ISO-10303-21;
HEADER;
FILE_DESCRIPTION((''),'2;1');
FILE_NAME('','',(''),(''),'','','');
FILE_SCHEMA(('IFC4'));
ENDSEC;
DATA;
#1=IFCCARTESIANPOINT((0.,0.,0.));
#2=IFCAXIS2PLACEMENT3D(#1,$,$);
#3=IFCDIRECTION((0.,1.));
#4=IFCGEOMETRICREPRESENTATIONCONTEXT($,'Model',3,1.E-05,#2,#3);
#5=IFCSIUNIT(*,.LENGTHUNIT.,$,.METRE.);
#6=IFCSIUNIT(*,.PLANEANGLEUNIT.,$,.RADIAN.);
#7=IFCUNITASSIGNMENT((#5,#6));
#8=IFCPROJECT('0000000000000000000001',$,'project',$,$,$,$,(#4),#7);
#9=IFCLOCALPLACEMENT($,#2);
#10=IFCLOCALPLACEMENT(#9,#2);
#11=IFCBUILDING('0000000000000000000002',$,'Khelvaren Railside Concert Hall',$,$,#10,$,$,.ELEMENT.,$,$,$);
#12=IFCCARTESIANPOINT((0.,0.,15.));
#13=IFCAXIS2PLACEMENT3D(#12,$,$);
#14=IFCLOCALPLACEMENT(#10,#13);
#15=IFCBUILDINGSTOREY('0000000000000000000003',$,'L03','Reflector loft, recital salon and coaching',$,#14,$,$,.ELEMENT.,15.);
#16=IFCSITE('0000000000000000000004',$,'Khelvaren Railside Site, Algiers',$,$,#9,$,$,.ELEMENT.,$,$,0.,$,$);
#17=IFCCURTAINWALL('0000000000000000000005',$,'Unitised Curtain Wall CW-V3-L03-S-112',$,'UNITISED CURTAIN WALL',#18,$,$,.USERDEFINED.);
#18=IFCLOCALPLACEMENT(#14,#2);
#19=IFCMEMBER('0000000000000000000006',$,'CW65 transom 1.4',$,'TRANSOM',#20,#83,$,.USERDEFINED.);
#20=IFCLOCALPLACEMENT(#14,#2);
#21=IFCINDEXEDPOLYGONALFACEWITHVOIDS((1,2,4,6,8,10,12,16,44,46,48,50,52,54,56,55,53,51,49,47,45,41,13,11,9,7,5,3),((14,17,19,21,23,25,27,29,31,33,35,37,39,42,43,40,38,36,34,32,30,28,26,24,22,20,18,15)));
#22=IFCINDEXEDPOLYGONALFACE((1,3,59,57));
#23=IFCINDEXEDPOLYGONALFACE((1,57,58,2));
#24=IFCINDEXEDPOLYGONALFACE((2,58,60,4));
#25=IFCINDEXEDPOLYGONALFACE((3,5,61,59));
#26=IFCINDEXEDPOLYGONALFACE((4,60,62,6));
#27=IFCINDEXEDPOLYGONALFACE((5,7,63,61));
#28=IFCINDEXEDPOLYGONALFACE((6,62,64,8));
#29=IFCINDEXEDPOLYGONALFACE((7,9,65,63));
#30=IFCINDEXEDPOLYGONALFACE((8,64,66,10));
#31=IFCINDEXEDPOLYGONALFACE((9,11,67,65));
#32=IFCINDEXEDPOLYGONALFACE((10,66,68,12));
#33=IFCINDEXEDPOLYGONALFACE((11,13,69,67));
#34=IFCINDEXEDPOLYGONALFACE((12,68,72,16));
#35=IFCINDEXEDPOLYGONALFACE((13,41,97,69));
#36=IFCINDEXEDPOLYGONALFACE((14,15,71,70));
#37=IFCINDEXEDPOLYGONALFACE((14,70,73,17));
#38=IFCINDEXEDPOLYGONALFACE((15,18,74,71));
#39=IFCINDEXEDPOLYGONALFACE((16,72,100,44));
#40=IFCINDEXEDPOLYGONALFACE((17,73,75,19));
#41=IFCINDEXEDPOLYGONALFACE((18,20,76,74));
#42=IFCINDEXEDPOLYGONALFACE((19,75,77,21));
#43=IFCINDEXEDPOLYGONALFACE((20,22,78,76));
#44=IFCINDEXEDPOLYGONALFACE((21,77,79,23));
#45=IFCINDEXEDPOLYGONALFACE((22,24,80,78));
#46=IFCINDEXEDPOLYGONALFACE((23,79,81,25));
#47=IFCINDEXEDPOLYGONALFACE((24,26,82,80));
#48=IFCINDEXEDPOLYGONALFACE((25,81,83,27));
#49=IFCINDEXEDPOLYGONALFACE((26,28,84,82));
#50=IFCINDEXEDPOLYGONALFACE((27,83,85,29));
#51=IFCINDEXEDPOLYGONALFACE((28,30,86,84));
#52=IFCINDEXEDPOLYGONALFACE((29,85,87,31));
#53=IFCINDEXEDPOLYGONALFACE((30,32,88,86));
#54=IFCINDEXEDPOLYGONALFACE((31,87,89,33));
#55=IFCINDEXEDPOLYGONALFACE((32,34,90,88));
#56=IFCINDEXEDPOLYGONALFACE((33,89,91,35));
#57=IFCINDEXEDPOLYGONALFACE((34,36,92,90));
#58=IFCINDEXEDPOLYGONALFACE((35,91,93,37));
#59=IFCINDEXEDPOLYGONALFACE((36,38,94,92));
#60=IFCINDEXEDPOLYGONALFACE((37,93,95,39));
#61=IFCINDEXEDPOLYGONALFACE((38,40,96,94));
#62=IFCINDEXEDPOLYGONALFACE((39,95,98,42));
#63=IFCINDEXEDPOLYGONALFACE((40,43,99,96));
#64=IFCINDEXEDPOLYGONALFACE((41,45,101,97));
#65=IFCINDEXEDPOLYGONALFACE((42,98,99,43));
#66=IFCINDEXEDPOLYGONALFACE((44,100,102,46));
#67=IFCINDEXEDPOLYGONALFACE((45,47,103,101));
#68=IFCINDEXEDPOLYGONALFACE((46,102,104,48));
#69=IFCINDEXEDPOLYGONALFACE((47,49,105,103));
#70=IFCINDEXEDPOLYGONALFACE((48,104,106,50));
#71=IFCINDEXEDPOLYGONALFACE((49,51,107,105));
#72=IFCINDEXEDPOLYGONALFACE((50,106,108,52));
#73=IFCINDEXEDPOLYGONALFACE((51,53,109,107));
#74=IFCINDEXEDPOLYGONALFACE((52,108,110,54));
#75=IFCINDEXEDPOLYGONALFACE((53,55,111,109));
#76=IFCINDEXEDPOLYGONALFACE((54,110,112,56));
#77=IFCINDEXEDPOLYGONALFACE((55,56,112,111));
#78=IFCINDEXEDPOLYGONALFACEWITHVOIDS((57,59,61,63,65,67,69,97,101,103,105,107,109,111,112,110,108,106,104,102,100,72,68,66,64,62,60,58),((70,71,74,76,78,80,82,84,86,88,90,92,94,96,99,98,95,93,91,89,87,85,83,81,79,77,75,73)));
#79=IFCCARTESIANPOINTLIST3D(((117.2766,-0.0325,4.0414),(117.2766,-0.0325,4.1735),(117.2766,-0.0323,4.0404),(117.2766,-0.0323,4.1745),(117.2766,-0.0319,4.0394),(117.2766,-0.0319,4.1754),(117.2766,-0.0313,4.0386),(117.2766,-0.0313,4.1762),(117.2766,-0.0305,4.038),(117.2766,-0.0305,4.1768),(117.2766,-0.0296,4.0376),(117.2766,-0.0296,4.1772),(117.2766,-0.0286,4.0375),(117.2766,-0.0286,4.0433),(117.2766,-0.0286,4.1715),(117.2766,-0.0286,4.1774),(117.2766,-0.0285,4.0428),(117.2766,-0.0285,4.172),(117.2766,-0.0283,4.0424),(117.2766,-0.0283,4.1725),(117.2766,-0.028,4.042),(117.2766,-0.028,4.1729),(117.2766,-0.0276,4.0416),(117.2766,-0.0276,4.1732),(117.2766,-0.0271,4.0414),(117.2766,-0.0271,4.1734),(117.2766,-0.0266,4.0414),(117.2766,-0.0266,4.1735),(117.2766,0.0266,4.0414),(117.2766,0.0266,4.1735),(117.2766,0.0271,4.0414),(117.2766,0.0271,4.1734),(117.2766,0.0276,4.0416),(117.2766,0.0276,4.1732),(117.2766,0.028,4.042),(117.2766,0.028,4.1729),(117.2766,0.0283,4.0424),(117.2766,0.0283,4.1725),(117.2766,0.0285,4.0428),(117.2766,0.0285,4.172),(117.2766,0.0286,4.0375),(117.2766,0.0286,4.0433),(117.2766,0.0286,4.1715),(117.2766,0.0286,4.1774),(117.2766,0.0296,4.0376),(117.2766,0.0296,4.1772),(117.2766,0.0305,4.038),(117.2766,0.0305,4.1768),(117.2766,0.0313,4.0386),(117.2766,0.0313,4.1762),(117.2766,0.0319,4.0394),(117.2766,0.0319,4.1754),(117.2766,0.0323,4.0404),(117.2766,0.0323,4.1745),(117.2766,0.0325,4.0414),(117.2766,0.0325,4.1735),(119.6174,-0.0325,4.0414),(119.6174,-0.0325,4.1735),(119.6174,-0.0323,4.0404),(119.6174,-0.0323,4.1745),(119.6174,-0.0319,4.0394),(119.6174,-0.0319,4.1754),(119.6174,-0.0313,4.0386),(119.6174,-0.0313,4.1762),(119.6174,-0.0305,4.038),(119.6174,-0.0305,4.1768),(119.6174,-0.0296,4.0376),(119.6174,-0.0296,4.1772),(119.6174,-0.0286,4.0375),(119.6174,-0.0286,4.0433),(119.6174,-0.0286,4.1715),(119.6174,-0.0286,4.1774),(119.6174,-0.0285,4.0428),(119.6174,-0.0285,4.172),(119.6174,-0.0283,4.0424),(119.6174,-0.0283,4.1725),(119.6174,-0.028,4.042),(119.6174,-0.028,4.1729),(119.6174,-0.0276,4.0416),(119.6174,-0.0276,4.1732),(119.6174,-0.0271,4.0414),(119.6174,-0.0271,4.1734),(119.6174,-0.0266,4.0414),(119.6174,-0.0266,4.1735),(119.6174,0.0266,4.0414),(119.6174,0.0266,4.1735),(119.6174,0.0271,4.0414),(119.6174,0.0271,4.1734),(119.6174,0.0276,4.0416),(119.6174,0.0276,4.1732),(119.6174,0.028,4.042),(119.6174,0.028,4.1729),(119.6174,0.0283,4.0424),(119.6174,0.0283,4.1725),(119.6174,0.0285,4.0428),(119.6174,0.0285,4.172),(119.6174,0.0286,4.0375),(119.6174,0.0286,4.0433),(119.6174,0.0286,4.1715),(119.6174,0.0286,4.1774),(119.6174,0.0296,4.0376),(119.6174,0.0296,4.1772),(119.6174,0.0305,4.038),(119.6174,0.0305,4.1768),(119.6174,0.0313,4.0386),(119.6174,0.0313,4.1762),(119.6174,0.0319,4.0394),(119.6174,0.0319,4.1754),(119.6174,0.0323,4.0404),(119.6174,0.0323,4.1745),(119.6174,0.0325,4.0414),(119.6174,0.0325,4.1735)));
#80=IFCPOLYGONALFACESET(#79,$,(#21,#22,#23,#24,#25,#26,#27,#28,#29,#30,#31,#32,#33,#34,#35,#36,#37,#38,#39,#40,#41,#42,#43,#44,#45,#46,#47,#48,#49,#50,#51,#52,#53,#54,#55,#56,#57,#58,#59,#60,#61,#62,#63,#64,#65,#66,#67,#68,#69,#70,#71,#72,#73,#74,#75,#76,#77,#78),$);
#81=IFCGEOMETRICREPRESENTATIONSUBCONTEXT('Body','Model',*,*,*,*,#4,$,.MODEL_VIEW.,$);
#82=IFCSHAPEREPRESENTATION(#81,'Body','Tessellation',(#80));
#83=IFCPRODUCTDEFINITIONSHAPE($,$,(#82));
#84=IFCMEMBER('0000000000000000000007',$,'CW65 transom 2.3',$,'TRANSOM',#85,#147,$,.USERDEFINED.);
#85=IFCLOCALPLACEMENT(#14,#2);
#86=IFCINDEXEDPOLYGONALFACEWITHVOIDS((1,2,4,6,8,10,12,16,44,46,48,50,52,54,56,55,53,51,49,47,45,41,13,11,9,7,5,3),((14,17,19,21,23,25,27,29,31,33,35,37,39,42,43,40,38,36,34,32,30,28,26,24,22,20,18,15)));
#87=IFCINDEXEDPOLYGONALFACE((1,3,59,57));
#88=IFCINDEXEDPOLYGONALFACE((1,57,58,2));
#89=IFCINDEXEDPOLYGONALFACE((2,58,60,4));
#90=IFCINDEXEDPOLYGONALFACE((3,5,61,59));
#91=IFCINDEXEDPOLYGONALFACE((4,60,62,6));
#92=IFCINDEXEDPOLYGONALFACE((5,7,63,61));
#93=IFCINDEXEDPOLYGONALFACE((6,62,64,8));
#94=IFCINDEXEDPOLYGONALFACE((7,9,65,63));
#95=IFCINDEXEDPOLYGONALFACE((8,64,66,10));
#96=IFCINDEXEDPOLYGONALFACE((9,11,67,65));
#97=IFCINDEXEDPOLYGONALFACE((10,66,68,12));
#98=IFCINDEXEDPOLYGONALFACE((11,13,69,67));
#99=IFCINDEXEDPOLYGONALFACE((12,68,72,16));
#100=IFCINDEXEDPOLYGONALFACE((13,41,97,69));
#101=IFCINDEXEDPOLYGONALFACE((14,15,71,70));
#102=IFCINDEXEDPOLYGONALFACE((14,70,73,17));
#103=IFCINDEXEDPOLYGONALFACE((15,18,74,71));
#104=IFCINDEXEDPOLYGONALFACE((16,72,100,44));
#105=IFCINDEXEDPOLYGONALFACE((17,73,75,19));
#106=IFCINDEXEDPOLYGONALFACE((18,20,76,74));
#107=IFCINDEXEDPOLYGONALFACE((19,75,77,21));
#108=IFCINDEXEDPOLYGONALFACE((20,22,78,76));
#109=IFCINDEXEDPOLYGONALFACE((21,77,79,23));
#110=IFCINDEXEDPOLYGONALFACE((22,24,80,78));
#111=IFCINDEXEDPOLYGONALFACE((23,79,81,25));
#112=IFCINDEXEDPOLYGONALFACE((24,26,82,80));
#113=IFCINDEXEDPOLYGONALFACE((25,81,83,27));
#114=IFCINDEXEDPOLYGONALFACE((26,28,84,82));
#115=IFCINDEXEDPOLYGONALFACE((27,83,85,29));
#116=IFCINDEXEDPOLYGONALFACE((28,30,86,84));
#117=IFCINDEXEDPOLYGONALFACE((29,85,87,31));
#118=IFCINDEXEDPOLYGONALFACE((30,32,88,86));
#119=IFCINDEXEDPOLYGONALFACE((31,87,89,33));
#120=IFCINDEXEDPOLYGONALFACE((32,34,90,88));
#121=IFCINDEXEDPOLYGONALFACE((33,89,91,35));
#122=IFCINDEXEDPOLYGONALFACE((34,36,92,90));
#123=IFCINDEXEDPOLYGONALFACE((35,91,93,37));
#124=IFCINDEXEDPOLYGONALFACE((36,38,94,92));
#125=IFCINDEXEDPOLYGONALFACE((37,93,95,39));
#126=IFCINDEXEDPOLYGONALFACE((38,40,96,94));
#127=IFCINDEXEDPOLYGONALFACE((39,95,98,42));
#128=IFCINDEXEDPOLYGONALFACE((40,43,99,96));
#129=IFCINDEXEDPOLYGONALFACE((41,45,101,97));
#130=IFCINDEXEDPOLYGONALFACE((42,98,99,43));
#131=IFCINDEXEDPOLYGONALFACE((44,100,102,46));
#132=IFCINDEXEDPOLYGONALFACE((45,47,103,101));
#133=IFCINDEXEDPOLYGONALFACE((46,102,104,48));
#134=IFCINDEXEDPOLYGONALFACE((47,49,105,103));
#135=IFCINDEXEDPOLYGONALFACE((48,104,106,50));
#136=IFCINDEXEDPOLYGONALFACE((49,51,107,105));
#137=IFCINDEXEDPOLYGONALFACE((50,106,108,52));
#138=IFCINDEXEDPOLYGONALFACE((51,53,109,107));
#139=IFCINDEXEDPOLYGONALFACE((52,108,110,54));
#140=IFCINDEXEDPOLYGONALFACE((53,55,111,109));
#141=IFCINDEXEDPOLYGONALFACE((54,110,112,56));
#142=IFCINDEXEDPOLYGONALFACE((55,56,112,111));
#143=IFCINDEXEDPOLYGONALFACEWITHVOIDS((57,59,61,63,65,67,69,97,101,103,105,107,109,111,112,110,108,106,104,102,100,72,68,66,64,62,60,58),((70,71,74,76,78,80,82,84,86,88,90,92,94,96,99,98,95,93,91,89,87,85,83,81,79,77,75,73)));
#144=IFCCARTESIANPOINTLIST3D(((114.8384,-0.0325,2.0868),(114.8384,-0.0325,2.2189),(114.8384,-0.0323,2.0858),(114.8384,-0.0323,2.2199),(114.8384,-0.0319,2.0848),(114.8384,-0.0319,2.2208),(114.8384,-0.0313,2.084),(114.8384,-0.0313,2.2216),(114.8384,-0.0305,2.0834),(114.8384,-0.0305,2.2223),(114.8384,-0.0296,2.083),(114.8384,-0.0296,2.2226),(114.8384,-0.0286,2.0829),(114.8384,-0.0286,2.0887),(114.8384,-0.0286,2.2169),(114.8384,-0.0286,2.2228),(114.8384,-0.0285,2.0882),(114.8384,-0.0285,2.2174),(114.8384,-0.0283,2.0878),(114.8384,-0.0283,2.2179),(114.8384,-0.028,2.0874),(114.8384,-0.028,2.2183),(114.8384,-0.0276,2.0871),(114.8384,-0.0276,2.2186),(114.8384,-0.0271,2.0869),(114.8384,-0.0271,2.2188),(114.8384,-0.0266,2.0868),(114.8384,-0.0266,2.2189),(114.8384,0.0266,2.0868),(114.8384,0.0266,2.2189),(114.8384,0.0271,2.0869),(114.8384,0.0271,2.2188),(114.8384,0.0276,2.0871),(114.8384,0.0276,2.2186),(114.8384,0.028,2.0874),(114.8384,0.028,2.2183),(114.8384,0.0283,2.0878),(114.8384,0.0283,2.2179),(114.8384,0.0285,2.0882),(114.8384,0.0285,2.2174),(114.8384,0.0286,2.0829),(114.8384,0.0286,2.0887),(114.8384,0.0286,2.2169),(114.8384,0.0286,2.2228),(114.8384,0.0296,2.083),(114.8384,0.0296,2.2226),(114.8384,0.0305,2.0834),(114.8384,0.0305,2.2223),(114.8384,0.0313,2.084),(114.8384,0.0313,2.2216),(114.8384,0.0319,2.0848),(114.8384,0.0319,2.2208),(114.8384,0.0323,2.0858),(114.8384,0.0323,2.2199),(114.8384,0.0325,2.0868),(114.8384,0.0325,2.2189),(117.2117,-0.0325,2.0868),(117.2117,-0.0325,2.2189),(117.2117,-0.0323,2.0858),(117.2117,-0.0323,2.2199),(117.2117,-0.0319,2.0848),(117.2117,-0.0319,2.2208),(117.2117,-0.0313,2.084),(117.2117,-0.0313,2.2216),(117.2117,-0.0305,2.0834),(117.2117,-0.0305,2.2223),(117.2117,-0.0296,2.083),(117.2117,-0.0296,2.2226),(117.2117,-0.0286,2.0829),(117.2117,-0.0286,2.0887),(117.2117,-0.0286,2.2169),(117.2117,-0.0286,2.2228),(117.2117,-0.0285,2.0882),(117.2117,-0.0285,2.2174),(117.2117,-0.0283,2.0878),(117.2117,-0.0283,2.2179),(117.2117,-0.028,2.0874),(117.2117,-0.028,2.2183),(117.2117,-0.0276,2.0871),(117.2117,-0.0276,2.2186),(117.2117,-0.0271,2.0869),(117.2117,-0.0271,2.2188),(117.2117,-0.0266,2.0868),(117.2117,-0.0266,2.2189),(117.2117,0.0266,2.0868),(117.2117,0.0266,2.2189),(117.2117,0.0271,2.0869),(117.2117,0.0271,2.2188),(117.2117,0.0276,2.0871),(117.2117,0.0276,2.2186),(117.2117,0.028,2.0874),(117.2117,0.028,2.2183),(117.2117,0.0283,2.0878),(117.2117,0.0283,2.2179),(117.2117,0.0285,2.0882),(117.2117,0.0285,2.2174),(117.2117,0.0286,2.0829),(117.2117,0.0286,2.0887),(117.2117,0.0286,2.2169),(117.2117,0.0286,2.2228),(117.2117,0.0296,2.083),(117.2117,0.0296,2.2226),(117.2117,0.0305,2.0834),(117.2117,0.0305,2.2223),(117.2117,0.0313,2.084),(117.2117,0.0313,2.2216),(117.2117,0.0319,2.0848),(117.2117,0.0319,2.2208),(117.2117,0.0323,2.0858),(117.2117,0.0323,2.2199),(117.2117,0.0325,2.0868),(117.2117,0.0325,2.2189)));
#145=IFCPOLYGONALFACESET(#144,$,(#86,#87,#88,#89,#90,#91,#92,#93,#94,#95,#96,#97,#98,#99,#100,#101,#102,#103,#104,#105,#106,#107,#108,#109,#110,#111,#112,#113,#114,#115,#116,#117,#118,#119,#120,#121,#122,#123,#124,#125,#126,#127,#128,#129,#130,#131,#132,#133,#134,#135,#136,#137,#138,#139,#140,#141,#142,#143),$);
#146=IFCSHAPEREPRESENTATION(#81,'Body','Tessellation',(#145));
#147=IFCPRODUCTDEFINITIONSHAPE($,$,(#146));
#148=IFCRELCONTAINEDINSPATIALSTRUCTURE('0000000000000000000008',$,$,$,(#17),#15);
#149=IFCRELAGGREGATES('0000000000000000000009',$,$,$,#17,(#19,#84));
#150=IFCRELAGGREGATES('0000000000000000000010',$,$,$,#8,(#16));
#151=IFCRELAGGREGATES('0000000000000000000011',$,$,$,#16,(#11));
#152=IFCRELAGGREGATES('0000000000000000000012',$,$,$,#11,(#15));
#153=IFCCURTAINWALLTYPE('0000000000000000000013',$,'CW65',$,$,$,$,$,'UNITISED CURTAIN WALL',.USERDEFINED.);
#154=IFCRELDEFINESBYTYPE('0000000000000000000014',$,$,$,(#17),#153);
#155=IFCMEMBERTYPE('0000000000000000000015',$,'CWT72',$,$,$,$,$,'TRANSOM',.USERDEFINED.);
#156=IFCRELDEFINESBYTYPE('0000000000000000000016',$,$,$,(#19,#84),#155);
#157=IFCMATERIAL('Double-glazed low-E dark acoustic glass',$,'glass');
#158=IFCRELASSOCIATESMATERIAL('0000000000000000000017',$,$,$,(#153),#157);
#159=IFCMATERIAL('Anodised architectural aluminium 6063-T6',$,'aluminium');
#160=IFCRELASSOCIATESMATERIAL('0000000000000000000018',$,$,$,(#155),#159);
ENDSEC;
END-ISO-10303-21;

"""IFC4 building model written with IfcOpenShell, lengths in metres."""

from ifc_helpers import new_model, si_unit, direction, frame, origin, origin_2d, place, context, subcontext, project, spatial, hollow_rectangle, extrude, material, material_profile, profile_set, type_object, element, aggregate, save


model = new_model("IFC4")

# Units and contexts
model_context = context("Model", 3, precision=1e-05, world=origin(), true_north=direction((0.0, 1.0)))
body_context = subcontext(model_context, "Body", "Model", "MODEL_VIEW")
ifc_project = project(units=[si_unit("LENGTHUNIT", "METRE"), si_unit("PLANEANGLEUNIT", "RADIAN")], contexts=[model_context])

# Site, building, storey
site_placement = place(None, origin())
site = spatial("IfcSite", under=ifc_project, at=site_placement, Name="Khelvaren Railside Site, Algiers", CompositionType="ELEMENT", RefElevation=0.0)
building_placement = place(site_placement, origin())
building = spatial("IfcBuilding", under=site, at=building_placement, Name="Khelvaren Railside Concert Hall", CompositionType="ELEMENT")
storey_placement = place(building_placement, frame((0.0, 0.0, 15.0)))
storey = spatial("IfcBuildingStorey", under=building, at=storey_placement, Name="L03", Description="Reflector loft, recital salon and coaching", CompositionType="ELEMENT", Elevation=15.0)

# Curtain wall, members
ifc_material_1 = material(Name="Double-glazed low-E dark acoustic glass", Category="glass")
curtain_wall_type = type_object("IfcCurtainWallType", Name="CW65", ElementType="UNITISED CURTAIN WALL", PredefinedType="USERDEFINED", material=ifc_material_1)
curtain_wall_placement = place(storey_placement, origin())
curtain_wall = element("IfcCurtainWall", 1, at=curtain_wall_placement, inside=storey, type_object=curtain_wall_type, Name="Unitised Curtain Wall CW-V3-L03-S-112", ObjectType="UNITISED CURTAIN WALL", PredefinedType="USERDEFINED")
ifc_material_2 = material(Name="Anodised architectural aluminium 6063-T6", Category="aluminium")
ifc_material_profile_1 = material_profile(ifc_material_2, hollow_rectangle(XDim=0.0649, YDim=0.1399, WallThickness=0.0039, InnerFilletRadius=0.002, OuterFilletRadius=0.0039, at=origin_2d()), Name="CWT 65x140x4")
ifc_profile_set_1 = profile_set([ifc_material_profile_1], Name="Anodised architectural aluminium 6063-T6")
member_type_1 = type_object("IfcMemberType", Name="CWT72", ElementType="TRANSOM", PredefinedType="USERDEFINED", material=ifc_profile_set_1)
member_1_placement = place(storey_placement, frame((119.6174, 0.0, 4.1074), z_axis=(-1.0, 0.0, 0.0), x_axis=(0.0, -1.0, 0.0)))
member_1 = element("IfcMember", 2, at=member_1_placement, type_object=member_type_1, Name="CW65 transom 1.4", ObjectType="TRANSOM", PredefinedType="USERDEFINED", context=body_context, shape_type="SweptSolid", body=[
    extrude(hollow_rectangle(XDim=0.0649, YDim=0.1399, WallThickness=0.0039, InnerFilletRadius=0.002, OuterFilletRadius=0.0039, at=origin_2d()), origin(), (0.0, 0.0, 1.0), 2.3408),
])
member_2_placement = place(storey_placement, frame((117.2117, 0.0, 2.1528), z_axis=(-1.0, 0.0, 0.0), x_axis=(0.0, -1.0, 0.0)))
member_2 = element("IfcMember", 3, at=member_2_placement, type_object=member_type_1, Name="CW65 transom 2.3", ObjectType="TRANSOM", PredefinedType="USERDEFINED", context=body_context, shape_type="SweptSolid", body=[
    extrude(hollow_rectangle(XDim=0.0649, YDim=0.1399, WallThickness=0.0039, InnerFilletRadius=0.002, OuterFilletRadius=0.0039, at=origin_2d()), origin(), (0.0, 0.0, 1.0), 2.3733),
])

aggregate(curtain_wall, [member_1, member_2])

save(model, "model.ifc")
